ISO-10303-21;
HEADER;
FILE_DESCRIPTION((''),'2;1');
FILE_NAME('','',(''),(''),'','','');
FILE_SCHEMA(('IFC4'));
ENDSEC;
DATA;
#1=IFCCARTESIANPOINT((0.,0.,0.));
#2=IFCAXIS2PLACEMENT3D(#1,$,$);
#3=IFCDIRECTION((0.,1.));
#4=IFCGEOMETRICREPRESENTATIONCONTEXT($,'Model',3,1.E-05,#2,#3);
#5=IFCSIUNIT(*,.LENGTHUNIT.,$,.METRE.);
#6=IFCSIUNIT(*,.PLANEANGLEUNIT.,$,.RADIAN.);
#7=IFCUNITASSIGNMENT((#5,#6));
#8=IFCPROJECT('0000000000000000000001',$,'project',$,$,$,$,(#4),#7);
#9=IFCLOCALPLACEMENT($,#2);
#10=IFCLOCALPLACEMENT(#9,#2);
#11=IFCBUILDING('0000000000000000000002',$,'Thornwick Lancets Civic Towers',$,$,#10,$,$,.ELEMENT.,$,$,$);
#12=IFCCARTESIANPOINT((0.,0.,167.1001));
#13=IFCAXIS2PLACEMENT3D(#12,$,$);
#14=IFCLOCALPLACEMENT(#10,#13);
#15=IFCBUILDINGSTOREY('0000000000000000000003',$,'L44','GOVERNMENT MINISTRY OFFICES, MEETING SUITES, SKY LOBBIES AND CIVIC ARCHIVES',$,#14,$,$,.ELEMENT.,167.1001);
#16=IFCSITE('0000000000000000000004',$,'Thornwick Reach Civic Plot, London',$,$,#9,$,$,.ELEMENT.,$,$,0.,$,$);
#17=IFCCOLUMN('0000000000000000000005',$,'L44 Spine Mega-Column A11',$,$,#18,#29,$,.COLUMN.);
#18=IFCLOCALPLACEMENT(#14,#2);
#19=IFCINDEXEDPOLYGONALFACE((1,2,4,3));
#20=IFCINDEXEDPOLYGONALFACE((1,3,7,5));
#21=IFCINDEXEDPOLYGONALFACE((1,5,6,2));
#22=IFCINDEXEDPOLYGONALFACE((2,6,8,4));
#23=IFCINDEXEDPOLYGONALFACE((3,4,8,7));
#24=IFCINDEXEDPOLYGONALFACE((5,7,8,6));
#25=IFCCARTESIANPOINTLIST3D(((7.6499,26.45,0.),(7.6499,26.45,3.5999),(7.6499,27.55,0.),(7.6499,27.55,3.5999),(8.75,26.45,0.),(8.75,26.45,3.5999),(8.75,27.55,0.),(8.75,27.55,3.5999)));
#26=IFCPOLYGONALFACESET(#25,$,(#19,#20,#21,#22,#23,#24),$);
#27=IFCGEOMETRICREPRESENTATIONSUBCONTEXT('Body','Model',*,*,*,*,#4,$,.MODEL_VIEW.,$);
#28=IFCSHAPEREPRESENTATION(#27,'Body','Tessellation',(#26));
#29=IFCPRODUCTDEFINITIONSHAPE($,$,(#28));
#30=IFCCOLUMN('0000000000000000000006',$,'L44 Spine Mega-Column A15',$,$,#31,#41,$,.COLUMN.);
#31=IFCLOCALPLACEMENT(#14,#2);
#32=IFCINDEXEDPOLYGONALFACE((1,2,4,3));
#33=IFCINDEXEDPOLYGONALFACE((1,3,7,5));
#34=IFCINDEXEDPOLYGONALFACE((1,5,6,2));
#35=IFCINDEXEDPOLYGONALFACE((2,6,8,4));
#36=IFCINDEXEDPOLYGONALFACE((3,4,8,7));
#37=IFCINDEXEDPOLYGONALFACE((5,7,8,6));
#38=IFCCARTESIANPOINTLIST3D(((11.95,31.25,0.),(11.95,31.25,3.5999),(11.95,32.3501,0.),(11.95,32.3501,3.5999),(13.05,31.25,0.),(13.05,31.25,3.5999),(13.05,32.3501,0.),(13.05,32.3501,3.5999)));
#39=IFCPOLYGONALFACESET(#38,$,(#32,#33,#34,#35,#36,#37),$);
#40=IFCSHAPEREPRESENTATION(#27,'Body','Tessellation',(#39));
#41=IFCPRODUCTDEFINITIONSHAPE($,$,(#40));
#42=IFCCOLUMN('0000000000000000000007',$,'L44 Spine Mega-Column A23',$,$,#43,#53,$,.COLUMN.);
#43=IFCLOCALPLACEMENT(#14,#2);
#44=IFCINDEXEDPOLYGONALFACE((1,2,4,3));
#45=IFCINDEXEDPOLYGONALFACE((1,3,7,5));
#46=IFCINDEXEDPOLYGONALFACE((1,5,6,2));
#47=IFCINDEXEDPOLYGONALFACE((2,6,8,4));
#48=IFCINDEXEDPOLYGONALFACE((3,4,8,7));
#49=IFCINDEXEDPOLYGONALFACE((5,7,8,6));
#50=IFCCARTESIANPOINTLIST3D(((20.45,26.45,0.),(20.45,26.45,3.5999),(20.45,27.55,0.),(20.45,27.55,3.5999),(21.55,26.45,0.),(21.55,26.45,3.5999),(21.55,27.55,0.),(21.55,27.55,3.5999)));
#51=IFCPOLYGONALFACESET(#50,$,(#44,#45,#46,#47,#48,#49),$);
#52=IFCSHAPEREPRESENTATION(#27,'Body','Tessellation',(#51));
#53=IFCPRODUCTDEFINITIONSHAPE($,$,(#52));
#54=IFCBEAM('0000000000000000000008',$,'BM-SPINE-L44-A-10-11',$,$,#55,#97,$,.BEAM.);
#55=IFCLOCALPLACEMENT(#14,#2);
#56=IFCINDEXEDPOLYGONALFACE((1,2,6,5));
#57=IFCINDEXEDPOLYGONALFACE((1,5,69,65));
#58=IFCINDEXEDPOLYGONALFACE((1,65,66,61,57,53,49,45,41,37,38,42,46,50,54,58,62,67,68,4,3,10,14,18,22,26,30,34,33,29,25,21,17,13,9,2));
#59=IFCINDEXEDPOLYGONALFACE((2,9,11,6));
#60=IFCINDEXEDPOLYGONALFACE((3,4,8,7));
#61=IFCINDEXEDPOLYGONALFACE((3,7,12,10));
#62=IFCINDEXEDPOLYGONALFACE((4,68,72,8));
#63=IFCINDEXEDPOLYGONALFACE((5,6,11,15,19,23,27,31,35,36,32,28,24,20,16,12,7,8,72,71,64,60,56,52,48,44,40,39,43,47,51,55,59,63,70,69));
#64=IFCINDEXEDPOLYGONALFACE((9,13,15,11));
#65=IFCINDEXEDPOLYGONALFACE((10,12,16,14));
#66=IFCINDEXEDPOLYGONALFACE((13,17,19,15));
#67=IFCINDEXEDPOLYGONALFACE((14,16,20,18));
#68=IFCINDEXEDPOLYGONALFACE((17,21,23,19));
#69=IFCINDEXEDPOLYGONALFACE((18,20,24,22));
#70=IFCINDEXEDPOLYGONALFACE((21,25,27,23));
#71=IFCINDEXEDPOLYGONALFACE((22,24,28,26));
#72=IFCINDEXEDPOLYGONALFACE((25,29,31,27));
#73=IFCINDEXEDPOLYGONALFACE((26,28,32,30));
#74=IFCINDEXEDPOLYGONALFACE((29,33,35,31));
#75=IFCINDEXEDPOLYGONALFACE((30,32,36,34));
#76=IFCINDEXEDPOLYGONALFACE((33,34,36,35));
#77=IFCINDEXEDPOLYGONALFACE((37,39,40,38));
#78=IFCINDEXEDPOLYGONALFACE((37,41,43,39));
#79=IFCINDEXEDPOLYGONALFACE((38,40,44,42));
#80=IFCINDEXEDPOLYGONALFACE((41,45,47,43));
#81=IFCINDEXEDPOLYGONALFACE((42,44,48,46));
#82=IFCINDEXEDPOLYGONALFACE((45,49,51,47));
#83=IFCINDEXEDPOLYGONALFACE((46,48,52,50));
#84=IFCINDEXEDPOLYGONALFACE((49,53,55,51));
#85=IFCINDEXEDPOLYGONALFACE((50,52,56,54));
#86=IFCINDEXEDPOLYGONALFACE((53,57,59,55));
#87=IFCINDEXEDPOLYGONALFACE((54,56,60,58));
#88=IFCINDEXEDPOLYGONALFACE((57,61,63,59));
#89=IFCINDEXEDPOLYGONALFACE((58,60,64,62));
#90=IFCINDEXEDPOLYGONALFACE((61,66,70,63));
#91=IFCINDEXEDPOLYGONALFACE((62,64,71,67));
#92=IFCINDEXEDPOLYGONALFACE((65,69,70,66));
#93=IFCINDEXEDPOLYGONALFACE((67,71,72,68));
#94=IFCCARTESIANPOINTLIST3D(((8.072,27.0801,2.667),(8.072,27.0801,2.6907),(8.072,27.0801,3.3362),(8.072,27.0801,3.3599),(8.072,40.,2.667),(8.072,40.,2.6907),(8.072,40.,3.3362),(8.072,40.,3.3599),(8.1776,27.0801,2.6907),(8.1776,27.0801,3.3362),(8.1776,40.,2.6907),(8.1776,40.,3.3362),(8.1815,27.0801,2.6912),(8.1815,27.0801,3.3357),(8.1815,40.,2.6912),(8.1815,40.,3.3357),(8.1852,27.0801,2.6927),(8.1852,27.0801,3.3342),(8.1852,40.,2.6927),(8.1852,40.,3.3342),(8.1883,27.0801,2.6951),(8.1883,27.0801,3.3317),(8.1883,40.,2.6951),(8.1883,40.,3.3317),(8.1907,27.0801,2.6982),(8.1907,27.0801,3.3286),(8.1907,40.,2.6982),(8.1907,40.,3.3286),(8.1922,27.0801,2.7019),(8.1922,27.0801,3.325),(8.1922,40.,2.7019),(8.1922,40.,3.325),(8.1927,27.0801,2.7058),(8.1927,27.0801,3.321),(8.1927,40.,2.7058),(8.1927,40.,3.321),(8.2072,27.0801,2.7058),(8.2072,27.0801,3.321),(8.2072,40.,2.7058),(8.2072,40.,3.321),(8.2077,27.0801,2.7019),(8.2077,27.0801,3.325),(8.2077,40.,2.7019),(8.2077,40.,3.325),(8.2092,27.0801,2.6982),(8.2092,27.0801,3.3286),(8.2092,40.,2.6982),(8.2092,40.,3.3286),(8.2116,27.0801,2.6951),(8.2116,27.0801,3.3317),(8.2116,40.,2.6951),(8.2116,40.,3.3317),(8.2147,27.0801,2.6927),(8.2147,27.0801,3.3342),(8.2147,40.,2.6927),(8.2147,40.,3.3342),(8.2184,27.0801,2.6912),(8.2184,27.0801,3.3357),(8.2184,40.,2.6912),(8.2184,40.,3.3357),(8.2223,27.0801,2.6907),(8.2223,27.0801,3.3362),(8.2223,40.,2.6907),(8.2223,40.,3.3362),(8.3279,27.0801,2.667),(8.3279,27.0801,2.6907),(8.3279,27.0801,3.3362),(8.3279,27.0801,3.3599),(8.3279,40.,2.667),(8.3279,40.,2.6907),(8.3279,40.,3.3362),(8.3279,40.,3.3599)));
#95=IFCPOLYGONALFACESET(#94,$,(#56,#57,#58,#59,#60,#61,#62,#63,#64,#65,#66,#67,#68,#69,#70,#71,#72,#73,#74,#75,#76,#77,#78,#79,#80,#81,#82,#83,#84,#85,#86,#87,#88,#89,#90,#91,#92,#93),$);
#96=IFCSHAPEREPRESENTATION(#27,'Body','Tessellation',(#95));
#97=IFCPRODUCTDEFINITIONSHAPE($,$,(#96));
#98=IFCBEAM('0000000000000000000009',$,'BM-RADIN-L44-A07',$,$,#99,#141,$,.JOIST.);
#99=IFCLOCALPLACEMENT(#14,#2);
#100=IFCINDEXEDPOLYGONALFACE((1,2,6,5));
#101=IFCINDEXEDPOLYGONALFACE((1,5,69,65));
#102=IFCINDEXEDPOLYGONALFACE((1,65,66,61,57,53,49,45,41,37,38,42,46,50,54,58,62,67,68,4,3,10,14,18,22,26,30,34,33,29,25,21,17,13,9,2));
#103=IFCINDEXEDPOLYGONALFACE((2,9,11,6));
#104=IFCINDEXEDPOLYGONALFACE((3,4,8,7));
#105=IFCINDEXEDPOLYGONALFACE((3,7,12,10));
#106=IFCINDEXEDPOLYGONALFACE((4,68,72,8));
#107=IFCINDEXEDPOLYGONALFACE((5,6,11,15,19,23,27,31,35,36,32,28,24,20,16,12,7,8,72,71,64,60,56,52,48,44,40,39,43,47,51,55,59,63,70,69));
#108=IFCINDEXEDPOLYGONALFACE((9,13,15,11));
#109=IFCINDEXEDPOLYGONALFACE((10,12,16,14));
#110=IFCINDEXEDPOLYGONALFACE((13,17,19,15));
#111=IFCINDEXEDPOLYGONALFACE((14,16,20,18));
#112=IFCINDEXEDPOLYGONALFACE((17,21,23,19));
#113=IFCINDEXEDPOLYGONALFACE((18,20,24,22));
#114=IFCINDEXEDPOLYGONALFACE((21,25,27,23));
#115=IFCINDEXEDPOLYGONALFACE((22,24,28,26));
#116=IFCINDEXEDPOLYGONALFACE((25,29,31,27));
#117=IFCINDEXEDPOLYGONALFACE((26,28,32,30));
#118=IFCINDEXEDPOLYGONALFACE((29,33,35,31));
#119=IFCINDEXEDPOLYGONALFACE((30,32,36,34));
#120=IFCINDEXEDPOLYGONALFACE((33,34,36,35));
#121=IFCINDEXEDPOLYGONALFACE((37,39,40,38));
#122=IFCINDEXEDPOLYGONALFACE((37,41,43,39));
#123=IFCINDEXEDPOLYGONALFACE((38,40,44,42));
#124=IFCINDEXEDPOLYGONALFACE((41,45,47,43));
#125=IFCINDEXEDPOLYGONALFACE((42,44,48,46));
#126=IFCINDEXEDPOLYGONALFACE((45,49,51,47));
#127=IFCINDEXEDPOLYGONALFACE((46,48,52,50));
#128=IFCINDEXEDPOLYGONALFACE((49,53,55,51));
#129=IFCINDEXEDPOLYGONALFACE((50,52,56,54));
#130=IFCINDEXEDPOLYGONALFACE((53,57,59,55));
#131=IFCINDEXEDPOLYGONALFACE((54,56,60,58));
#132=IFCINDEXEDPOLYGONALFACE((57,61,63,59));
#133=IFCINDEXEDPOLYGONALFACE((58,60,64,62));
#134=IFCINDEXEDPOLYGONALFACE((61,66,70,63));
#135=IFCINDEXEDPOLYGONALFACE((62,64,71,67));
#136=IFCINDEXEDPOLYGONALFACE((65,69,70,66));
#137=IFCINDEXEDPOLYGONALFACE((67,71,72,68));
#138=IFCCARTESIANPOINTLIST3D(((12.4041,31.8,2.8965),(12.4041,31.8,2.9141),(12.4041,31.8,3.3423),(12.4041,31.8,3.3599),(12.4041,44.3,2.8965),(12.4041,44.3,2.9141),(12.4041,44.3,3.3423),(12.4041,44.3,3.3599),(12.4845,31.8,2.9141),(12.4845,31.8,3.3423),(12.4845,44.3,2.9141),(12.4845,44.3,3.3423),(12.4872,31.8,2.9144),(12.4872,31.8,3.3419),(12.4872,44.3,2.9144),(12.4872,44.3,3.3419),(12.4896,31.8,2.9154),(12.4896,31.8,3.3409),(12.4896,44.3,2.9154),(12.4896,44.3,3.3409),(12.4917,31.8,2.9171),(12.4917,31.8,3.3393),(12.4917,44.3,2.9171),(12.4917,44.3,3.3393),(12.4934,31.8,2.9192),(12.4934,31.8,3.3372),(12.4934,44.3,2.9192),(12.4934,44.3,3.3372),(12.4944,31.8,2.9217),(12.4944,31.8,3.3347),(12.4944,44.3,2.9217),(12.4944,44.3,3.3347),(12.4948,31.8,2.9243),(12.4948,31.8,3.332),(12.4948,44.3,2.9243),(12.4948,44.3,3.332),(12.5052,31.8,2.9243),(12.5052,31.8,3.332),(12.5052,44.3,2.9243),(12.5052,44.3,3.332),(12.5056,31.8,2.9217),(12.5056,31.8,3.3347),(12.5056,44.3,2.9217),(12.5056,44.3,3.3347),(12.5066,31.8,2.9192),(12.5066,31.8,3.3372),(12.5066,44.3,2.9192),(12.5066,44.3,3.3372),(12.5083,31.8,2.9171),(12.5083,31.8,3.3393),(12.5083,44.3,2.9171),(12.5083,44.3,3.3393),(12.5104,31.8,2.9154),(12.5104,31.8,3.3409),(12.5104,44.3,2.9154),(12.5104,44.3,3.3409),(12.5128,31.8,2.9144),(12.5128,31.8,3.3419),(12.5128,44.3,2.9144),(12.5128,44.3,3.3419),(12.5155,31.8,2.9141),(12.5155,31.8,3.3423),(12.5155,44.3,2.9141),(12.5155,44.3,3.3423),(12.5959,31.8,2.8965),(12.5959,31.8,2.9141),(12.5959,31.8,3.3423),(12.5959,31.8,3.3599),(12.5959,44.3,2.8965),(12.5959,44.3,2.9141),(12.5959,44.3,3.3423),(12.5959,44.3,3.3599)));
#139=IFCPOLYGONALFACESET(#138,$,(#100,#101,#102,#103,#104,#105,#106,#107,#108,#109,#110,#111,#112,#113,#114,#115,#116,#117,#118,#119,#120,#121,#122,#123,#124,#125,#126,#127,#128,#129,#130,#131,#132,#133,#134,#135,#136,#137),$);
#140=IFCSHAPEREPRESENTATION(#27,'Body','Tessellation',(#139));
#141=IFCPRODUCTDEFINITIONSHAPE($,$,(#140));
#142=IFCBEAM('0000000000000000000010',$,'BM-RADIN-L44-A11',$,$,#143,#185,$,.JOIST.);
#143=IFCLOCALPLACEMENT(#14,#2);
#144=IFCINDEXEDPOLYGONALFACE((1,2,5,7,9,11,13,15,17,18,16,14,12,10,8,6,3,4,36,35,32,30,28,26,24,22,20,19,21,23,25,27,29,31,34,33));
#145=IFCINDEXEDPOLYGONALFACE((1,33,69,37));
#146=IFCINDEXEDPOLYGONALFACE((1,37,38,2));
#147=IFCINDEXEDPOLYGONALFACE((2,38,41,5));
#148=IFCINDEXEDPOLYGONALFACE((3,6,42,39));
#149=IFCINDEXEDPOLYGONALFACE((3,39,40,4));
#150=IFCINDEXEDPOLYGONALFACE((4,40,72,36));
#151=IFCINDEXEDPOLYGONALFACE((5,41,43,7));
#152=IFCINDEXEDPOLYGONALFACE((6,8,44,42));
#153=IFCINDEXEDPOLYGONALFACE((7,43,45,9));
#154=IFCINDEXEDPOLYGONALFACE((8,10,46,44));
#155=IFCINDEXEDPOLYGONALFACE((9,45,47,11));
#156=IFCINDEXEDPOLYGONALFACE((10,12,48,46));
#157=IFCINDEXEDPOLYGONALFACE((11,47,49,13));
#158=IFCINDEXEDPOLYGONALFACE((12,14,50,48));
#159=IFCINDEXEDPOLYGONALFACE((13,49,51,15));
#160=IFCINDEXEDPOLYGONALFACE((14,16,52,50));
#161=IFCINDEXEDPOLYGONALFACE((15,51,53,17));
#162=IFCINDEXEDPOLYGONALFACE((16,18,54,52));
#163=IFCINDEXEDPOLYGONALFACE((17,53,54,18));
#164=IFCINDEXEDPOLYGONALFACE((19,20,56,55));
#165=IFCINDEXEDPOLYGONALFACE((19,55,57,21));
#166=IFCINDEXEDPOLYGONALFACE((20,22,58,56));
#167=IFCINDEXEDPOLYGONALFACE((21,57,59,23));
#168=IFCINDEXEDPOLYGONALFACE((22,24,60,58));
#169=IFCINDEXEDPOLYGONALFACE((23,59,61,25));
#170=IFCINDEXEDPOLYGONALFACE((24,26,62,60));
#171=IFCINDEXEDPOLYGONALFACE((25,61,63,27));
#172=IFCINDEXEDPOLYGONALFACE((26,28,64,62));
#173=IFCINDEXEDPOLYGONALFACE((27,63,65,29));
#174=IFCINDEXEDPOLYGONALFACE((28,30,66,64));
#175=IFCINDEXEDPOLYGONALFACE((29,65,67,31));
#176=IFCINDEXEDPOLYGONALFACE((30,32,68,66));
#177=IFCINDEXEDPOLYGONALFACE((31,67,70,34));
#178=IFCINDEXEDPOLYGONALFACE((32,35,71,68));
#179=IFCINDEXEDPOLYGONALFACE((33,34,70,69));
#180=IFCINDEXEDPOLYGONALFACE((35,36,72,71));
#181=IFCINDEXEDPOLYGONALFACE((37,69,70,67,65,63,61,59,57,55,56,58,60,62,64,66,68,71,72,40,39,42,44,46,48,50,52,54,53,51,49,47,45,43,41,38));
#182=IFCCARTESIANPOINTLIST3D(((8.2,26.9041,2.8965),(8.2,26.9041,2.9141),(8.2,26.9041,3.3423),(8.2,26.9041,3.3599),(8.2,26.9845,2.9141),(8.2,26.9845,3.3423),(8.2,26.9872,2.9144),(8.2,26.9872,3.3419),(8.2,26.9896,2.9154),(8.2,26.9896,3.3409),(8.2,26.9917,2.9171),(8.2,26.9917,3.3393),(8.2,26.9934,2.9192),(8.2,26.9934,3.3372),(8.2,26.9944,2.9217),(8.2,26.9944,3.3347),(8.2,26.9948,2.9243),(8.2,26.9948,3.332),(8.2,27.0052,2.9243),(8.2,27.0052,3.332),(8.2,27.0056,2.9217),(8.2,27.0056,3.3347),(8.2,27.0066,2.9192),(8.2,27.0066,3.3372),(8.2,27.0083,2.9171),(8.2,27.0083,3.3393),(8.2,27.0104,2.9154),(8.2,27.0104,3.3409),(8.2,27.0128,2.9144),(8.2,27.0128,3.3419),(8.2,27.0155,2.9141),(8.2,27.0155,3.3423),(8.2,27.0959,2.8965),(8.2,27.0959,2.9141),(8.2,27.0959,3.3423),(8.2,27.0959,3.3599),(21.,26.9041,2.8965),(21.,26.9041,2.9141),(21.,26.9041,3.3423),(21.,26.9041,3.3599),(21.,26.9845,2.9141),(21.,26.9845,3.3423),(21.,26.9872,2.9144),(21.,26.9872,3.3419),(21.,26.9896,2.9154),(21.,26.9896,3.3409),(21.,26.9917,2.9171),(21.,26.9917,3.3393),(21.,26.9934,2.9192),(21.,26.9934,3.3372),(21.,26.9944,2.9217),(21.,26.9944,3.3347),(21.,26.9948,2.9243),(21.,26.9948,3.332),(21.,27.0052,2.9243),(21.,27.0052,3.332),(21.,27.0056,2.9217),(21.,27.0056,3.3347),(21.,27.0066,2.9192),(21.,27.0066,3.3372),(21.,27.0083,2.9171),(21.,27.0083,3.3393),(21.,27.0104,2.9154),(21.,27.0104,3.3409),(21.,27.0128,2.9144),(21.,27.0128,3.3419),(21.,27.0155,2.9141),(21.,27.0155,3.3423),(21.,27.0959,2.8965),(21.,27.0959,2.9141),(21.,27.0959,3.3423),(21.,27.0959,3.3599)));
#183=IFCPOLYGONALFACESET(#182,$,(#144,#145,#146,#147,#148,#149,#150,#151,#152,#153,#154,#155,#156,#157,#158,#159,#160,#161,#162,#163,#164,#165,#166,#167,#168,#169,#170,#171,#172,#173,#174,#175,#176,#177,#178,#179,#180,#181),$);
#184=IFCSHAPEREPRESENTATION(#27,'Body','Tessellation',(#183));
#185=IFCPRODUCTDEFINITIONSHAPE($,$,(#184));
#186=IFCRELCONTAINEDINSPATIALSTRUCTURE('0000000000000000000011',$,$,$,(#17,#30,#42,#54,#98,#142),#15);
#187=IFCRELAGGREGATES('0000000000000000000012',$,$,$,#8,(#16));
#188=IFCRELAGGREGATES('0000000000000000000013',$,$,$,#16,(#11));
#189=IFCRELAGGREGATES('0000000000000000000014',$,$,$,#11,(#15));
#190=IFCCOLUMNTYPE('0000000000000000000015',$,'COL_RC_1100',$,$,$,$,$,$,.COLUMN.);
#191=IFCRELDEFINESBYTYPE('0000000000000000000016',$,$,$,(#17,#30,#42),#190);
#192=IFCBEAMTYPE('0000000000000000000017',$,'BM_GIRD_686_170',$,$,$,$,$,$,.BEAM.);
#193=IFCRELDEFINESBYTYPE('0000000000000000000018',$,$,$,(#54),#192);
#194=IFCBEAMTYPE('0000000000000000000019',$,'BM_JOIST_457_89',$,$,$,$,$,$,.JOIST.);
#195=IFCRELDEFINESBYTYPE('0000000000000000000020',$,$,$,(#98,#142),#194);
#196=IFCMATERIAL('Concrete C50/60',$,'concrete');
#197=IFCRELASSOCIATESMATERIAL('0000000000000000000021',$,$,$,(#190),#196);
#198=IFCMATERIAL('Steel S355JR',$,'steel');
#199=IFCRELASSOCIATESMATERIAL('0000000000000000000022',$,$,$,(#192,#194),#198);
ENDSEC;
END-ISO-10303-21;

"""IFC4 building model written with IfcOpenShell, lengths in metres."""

from ifc_helpers import new_model, si_unit, direction, frame, origin, origin_2d, place, context, subcontext, project, spatial, rectangle, i_section, extrude, material, material_profile, profile_set, type_object, element, save


model = new_model("IFC4")

# Units and contexts
model_context = context("Model", 3, precision=1e-05, world=origin(), true_north=direction((0.0, 1.0)))
body_context = subcontext(model_context, "Body", "Model", "MODEL_VIEW")
ifc_project = project(units=[si_unit("LENGTHUNIT", "METRE"), si_unit("PLANEANGLEUNIT", "RADIAN")], contexts=[model_context])

# Site, building, storey
site_placement = place(None, origin())
site = spatial("IfcSite", under=ifc_project, at=site_placement, Name="Thornwick Reach Civic Plot, London", CompositionType="ELEMENT", RefElevation=0.0)
building_placement = place(site_placement, origin())
building = spatial("IfcBuilding", under=site, at=building_placement, Name="Thornwick Lancets Civic Towers", CompositionType="ELEMENT")
storey_placement = place(building_placement, frame((0.0, 0.0, 167.1001)))
storey = spatial("IfcBuildingStorey", under=building, at=storey_placement, Name="L44", Description="GOVERNMENT MINISTRY OFFICES, MEETING SUITES, SKY LOBBIES AND CIVIC ARCHIVES", CompositionType="ELEMENT", Elevation=167.1001)

# Columns
ifc_material_1 = material(Name="Concrete C50/60", Category="concrete")
ifc_material_profile_1 = material_profile(ifc_material_1, rectangle(XDim=1.1001, YDim=1.1001, at=origin_2d()), Name="RC 1100x1100")
ifc_profile_set_1 = profile_set([ifc_material_profile_1], Name="Concrete C50/60")
column_type = type_object("IfcColumnType", Name="COL_RC_1100", PredefinedType="COLUMN", material=ifc_profile_set_1)
for number, where, z_axis, x_axis, name in (
    (1, (8.2, 27.0, 0.0), (0.0, 0.0, 1.0), (1.0, 0.0, 0.0), "L44 Spine Mega-Column A11"),
    (2, (12.5, 31.8, 0.0), (0.0, 0.0, 1.0), (1.0, 0.0, 0.0), "L44 Spine Mega-Column A15"),
    (3, (21.0, 27.0, 0.0), (0.0, 0.0, 1.0), (1.0, 0.0, 0.0), "L44 Spine Mega-Column A23"),
):
    element("IfcColumn", number, at=place(storey_placement, frame(where, z_axis=z_axis, x_axis=x_axis)), inside=storey, type_object=column_type, Name=name, PredefinedType="COLUMN", context=body_context, shape_type="SweptSolid", body=[
        extrude(rectangle(XDim=1.1001, YDim=1.1001, at=origin_2d()), origin(), (0.0, 0.0, 1.0), 3.5999),
    ])

# Beams
ifc_material_2 = material(Name="Steel S355JR", Category="steel")
ifc_material_profile_2 = material_profile(ifc_material_2, i_section(OverallWidth=0.2559, OverallDepth=0.6929, WebThickness=0.0144, FlangeThickness=0.0237, FilletRadius=0.0151, at=origin_2d()), Name="UKB 686x254x170")
ifc_profile_set_2 = profile_set([ifc_material_profile_2], Name="Steel S355JR")
beam_type_1 = type_object("IfcBeamType", Name="BM_GIRD_686_170", PredefinedType="BEAM", material=ifc_profile_set_2)
beam_1_placement = place(storey_placement, frame((8.2, 27.0801, 3.0134), z_axis=(0.0, 1.0, 0.0), x_axis=(-1.0, 0.0, 0.0)))
element("IfcBeam", 4, at=beam_1_placement, inside=storey, type_object=beam_type_1, Name="BM-SPINE-L44-A-10-11", PredefinedType="BEAM", context=body_context, shape_type="SweptSolid", body=[
    extrude(i_section(OverallWidth=0.2559, OverallDepth=0.6929, WebThickness=0.0144, FlangeThickness=0.0237, FilletRadius=0.0151, at=origin_2d()), origin(), (0.0, 0.0, 1.0), 12.9199),
])
ifc_material_profile_3 = material_profile(ifc_material_2, i_section(OverallWidth=0.1919, OverallDepth=0.4634, WebThickness=0.0105, FlangeThickness=0.0176, FilletRadius=0.0103, at=origin_2d()), Name="UKB 457x191x89")
ifc_profile_set_3 = profile_set([ifc_material_profile_3], Name="Steel S355JR")
beam_type_2 = type_object("IfcBeamType", Name="BM_JOIST_457_89", PredefinedType="JOIST", material=ifc_profile_set_3)
beam_2_placement = place(storey_placement, frame((12.5, 31.8, 3.1282), z_axis=(0.0, 1.0, 0.0), x_axis=(-1.0, 0.0, 0.0)))
element("IfcBeam", 5, at=beam_2_placement, inside=storey, type_object=beam_type_2, Name="BM-RADIN-L44-A07", PredefinedType="JOIST", context=body_context, shape_type="SweptSolid", body=[
    extrude(i_section(OverallWidth=0.1919, OverallDepth=0.4634, WebThickness=0.0105, FlangeThickness=0.0176, FilletRadius=0.0103, at=origin_2d()), origin(), (0.0, 0.0, 1.0), 12.5),
])
beam_3_placement = place(storey_placement, frame((21.0, 27.0, 3.1282), z_axis=(-1.0, 0.0, 0.0), x_axis=(0.0, -1.0, 0.0)))
element("IfcBeam", 6, at=beam_3_placement, inside=storey, type_object=beam_type_2, Name="BM-RADIN-L44-A11", PredefinedType="JOIST", context=body_context, shape_type="SweptSolid", body=[
    extrude(i_section(OverallWidth=0.1919, OverallDepth=0.4634, WebThickness=0.0105, FlangeThickness=0.0176, FilletRadius=0.0103, at=origin_2d()), origin(), (0.0, 0.0, 1.0), 12.8),
])

save(model, "model.ifc")
